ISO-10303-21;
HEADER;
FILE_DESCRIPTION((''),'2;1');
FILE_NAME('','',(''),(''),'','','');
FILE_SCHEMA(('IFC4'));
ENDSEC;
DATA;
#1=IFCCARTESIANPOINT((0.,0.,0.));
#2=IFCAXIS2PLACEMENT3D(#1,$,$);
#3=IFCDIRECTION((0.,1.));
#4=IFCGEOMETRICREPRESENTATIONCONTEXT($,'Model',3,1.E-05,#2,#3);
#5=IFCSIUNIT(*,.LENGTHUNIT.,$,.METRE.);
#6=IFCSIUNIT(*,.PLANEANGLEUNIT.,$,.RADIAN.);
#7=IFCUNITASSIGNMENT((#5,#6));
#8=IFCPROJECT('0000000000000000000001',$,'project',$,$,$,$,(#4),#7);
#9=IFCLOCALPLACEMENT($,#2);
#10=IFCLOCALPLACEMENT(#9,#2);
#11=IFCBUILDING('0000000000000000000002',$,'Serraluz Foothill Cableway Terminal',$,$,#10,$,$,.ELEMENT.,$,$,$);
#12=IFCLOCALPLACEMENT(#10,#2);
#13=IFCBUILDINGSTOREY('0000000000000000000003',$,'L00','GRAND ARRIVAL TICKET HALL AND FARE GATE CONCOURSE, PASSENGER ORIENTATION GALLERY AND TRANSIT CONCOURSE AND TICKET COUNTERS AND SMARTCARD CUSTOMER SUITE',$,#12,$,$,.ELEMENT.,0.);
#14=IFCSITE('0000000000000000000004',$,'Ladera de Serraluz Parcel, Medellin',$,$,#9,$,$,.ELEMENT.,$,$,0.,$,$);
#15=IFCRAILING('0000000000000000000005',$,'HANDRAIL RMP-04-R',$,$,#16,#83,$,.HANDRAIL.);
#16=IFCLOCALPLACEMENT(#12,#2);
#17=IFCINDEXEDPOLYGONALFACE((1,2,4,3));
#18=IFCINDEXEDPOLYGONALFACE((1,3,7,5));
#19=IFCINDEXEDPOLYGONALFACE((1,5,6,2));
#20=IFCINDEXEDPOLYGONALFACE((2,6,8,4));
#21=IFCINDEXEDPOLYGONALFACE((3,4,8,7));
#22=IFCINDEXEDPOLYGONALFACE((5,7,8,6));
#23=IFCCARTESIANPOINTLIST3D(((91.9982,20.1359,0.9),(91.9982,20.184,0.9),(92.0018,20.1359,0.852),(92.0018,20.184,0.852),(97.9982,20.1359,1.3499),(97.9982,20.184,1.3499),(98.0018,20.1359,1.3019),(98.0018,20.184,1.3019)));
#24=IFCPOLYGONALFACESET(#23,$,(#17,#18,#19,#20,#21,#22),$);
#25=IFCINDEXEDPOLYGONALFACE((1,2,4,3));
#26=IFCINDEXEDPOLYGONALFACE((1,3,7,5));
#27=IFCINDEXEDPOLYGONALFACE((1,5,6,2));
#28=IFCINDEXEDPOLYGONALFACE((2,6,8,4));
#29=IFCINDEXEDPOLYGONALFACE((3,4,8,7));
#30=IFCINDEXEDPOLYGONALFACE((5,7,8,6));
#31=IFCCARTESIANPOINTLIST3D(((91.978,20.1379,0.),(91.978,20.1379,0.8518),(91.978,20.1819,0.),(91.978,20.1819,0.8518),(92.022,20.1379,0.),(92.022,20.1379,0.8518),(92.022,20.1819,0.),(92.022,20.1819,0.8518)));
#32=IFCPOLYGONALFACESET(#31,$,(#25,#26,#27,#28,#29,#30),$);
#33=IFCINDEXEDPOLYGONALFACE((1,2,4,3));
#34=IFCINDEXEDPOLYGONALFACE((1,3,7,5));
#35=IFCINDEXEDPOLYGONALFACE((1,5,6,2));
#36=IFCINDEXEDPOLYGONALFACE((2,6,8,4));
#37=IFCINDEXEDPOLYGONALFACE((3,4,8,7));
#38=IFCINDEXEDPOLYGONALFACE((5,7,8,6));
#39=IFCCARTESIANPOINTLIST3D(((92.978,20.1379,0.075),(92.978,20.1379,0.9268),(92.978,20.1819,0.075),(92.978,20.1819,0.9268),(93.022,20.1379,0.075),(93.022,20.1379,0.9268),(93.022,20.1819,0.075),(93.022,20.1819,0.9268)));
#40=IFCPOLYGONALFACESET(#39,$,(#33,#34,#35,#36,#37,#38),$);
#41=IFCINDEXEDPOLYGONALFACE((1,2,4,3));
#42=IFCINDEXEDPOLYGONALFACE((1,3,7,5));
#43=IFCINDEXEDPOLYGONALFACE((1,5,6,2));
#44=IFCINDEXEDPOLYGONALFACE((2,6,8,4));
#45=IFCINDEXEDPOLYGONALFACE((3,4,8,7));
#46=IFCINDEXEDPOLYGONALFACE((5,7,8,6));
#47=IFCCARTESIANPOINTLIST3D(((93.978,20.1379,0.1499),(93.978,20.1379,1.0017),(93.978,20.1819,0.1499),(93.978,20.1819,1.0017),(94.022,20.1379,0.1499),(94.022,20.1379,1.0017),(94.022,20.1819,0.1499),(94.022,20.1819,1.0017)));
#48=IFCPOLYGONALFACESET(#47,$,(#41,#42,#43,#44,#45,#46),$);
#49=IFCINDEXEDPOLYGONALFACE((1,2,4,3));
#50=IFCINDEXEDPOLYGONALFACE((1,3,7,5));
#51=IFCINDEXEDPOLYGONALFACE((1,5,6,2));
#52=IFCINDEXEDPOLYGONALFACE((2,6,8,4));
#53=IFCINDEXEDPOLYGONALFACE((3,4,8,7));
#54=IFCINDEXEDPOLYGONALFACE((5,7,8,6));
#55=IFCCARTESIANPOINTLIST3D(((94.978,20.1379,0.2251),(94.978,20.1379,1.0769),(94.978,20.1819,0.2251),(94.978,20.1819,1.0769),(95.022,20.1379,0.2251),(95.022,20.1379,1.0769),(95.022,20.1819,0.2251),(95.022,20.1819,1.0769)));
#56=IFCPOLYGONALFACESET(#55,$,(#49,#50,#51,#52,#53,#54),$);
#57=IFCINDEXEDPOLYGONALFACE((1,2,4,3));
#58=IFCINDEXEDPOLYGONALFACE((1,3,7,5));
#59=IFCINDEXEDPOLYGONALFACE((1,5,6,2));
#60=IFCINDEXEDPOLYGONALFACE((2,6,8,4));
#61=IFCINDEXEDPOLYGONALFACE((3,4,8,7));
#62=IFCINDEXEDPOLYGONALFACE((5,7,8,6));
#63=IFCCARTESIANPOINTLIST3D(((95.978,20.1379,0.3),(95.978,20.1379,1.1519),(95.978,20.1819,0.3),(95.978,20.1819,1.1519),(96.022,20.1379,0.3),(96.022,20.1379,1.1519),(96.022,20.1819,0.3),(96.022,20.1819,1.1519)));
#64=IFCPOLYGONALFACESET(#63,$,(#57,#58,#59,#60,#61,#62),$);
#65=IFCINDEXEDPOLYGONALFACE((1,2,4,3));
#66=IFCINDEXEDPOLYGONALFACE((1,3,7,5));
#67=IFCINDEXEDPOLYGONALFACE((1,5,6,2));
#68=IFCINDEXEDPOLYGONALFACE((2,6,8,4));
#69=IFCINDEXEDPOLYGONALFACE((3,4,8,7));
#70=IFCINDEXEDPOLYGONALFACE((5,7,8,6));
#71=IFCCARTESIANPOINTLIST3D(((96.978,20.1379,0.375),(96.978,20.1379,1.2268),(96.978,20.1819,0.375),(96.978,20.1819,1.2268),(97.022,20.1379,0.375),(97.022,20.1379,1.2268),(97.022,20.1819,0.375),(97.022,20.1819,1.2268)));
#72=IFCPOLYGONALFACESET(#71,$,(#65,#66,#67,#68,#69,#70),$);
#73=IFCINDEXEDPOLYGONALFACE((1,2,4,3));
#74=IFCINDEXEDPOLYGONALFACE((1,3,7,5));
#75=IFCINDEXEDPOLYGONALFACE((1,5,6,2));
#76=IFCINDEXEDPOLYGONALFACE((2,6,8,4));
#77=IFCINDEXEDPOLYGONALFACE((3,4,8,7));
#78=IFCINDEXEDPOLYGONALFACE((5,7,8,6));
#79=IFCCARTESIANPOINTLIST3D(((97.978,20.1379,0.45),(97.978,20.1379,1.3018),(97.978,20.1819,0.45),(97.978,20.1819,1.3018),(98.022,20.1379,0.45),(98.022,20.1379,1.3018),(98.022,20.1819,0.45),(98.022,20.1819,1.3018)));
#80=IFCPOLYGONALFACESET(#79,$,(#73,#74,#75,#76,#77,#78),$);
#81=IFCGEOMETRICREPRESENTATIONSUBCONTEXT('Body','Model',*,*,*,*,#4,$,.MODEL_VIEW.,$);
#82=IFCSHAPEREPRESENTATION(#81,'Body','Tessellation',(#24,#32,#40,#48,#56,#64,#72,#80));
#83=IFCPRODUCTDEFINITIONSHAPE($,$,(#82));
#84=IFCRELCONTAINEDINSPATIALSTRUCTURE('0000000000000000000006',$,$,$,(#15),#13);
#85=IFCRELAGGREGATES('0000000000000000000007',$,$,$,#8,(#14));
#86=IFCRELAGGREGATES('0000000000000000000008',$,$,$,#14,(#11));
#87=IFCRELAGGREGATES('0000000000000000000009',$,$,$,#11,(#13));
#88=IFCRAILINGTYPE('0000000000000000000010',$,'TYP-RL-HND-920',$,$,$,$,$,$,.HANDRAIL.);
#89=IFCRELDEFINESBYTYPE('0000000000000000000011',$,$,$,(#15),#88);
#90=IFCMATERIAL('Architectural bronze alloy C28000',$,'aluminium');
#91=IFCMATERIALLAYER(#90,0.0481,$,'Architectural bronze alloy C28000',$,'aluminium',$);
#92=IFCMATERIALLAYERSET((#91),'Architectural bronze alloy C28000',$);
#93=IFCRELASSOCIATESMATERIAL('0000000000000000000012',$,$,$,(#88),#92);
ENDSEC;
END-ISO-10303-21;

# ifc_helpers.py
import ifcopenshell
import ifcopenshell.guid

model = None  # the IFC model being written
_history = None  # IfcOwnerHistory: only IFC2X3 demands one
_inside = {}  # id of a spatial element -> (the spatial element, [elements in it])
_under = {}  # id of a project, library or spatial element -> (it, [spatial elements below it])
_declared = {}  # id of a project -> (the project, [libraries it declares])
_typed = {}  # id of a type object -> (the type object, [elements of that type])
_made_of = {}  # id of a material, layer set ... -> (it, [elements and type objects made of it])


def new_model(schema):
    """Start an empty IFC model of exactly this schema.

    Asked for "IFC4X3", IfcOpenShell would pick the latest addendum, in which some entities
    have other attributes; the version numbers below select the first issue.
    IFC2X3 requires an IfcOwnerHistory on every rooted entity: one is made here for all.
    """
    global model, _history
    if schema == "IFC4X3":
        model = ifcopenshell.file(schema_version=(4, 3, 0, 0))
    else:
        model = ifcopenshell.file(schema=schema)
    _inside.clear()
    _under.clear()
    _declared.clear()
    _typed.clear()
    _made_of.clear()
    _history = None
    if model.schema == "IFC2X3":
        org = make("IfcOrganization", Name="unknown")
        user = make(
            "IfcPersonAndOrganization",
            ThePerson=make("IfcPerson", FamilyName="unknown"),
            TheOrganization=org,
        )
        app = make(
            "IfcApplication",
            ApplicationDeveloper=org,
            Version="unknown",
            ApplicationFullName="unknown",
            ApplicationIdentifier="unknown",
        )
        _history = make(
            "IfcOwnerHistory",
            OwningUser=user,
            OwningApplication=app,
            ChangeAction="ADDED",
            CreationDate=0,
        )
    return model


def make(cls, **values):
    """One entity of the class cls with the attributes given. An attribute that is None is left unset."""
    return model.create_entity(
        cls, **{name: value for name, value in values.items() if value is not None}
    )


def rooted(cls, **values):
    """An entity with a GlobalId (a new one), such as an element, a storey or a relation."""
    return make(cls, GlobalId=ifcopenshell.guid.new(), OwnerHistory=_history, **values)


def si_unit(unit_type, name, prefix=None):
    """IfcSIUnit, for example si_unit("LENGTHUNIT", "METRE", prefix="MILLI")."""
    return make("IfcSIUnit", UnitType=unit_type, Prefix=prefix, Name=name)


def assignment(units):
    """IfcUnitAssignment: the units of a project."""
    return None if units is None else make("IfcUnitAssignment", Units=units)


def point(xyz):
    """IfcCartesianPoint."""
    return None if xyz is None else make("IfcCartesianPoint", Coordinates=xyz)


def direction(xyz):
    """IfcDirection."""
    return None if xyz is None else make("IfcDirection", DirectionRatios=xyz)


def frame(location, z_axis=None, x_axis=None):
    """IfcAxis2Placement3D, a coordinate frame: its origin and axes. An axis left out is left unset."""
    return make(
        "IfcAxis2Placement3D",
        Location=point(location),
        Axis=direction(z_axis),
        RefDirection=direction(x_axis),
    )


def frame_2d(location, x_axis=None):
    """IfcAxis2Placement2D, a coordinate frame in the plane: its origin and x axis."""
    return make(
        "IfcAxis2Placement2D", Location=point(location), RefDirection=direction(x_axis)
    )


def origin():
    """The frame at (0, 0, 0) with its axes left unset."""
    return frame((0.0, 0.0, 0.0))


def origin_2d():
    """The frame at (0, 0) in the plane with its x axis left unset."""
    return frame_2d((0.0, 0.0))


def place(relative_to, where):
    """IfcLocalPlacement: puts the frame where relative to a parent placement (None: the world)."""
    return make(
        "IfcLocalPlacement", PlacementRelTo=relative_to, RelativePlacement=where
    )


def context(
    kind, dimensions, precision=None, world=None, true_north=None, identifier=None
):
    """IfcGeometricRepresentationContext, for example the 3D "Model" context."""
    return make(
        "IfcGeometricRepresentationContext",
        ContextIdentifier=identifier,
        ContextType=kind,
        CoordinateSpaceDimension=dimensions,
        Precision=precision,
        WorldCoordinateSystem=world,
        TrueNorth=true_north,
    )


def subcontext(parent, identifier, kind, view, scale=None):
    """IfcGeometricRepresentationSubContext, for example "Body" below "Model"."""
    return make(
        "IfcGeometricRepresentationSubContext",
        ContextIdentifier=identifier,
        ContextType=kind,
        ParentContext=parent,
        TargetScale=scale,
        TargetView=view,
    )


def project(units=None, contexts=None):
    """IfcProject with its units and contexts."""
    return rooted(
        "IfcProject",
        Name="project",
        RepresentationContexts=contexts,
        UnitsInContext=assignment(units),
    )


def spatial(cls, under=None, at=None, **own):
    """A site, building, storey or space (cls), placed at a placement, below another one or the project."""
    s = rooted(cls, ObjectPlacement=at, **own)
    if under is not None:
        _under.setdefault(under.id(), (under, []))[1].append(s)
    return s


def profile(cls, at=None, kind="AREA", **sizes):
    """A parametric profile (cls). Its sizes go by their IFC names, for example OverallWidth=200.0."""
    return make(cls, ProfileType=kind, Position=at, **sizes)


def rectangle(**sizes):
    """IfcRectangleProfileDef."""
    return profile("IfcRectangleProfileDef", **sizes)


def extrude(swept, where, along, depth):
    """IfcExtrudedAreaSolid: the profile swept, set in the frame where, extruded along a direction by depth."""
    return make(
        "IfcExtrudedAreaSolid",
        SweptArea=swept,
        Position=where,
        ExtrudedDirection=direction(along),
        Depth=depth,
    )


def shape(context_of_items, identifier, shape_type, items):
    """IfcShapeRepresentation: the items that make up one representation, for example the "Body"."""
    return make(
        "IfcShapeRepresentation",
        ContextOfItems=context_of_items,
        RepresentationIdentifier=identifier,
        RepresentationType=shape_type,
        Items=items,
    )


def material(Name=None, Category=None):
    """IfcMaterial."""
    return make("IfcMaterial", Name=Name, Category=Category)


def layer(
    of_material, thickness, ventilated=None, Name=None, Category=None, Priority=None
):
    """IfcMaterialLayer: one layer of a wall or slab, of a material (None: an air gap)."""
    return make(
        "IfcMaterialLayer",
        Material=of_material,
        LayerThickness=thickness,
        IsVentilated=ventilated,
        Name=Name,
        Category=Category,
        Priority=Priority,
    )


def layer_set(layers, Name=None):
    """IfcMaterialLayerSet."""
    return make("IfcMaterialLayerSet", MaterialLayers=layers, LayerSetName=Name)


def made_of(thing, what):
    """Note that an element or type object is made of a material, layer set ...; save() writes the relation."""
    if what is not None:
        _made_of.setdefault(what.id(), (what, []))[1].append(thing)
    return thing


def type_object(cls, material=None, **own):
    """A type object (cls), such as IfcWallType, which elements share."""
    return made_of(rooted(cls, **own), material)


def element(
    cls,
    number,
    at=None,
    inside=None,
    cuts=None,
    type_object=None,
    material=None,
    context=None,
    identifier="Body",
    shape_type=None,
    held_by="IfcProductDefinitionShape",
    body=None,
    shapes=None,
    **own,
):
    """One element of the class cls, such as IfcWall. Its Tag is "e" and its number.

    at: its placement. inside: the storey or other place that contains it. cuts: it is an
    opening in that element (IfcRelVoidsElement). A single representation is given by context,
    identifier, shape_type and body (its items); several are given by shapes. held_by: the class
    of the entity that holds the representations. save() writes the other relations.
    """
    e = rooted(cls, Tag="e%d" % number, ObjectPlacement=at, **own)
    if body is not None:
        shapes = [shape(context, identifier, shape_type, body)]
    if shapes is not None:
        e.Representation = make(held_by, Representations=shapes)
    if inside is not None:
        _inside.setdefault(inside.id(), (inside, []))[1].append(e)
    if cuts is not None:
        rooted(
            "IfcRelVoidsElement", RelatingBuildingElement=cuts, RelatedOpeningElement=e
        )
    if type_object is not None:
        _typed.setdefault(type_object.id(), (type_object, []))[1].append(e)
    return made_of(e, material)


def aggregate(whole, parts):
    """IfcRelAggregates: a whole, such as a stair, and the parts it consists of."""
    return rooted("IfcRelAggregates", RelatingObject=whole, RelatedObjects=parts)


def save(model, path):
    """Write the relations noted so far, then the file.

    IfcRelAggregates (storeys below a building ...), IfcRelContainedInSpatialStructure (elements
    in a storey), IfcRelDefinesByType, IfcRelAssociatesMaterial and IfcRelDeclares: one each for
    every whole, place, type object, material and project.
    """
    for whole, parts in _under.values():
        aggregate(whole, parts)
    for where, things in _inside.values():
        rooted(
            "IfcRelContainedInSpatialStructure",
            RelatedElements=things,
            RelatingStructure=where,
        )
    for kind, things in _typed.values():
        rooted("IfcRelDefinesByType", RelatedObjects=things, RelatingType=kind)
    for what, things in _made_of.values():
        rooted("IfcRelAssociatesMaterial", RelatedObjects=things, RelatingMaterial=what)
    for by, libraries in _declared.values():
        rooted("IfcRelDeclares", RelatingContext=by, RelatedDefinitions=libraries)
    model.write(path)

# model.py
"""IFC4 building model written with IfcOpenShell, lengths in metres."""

from ifc_helpers import new_model, si_unit, direction, frame, origin, origin_2d, place, context, subcontext, project, spatial, rectangle, extrude, material, layer, layer_set, type_object, element, save


model = new_model("IFC4")

# Units and contexts
model_context = context("Model", 3, precision=1e-05, world=origin(), true_north=direction((0.0, 1.0)))
body_context = subcontext(model_context, "Body", "Model", "MODEL_VIEW")
ifc_project = project(units=[si_unit("LENGTHUNIT", "METRE"), si_unit("PLANEANGLEUNIT", "RADIAN")], contexts=[model_context])

# Site, building, storey
site_placement = place(None, origin())
site = spatial("IfcSite", under=ifc_project, at=site_placement, Name="Ladera de Serraluz Parcel, Medellin", CompositionType="ELEMENT", RefElevation=0.0)
building_placement = place(site_placement, origin())
building = spatial("IfcBuilding", under=site, at=building_placement, Name="Serraluz Foothill Cableway Terminal", CompositionType="ELEMENT")
storey_placement = place(building_placement, origin())
storey = spatial("IfcBuildingStorey", under=building, at=storey_placement, Name="L00", Description="GRAND ARRIVAL TICKET HALL AND FARE GATE CONCOURSE, PASSENGER ORIENTATION GALLERY AND TRANSIT CONCOURSE AND TICKET COUNTERS AND SMARTCARD CUSTOMER SUITE", CompositionType="ELEMENT", Elevation=0.0)

# Shared definitions
ifc_material_1 = material(Name="Architectural bronze alloy C28000", Category="aluminium")

# Railing
ifc_layer_1 = layer(ifc_material_1, 0.0481, Name="Architectural bronze alloy C28000", Category="aluminium")
ifc_layer_set_1 = layer_set([ifc_layer_1], Name="Architectural bronze alloy C28000")
railing_type = type_object("IfcRailingType", Name="TYP-RL-HND-920", PredefinedType="HANDRAIL", material=ifc_layer_set_1)
for number, where, name in (
    (1, (92.0, 20.1599, 0.0), "HANDRAIL RMP-04-R"),
):
    element("IfcRailing", number, at=place(storey_placement, frame(where)), inside=storey, type_object=railing_type, Name=name, PredefinedType="HANDRAIL", context=body_context, shape_type="SweptSolid", body=[
        extrude(rectangle(XDim=0.0481, YDim=0.0481, at=origin_2d()), frame((0.0, 0.0, 0.876), z_axis=(0.9972, 0.0, 0.074782), x_axis=(0.0, 1.0, 0.0)), (0.0, 0.0, 1.0), 6.0168),
        extrude(rectangle(XDim=0.0439, YDim=0.0439, at=origin_2d()), origin(), (0.0, 0.0, 1.0), 0.8518),
        extrude(rectangle(XDim=0.0439, YDim=0.0439, at=origin_2d()), frame((1.0, 0.0, 0.075)), (0.0, 0.0, 1.0), 0.8518),
        extrude(rectangle(XDim=0.0439, YDim=0.0439, at=origin_2d()), frame((2.0, 0.0, 0.1499)), (0.0, 0.0, 1.0), 0.8518),
        extrude(rectangle(XDim=0.0439, YDim=0.0439, at=origin_2d()), frame((3.0, 0.0, 0.2251)), (0.0, 0.0, 1.0), 0.8518),
        extrude(rectangle(XDim=0.0439, YDim=0.0439, at=origin_2d()), frame((4.0, 0.0, 0.3)), (0.0, 0.0, 1.0), 0.8518),
        extrude(rectangle(XDim=0.0439, YDim=0.0439, at=origin_2d()), frame((5.0, 0.0, 0.375)), (0.0, 0.0, 1.0), 0.8518),
        extrude(rectangle(XDim=0.0439, YDim=0.0439, at=origin_2d()), frame((6.0, 0.0, 0.45)), (0.0, 0.0, 1.0), 0.8518),
    ])

save(model, "model.ifc")
